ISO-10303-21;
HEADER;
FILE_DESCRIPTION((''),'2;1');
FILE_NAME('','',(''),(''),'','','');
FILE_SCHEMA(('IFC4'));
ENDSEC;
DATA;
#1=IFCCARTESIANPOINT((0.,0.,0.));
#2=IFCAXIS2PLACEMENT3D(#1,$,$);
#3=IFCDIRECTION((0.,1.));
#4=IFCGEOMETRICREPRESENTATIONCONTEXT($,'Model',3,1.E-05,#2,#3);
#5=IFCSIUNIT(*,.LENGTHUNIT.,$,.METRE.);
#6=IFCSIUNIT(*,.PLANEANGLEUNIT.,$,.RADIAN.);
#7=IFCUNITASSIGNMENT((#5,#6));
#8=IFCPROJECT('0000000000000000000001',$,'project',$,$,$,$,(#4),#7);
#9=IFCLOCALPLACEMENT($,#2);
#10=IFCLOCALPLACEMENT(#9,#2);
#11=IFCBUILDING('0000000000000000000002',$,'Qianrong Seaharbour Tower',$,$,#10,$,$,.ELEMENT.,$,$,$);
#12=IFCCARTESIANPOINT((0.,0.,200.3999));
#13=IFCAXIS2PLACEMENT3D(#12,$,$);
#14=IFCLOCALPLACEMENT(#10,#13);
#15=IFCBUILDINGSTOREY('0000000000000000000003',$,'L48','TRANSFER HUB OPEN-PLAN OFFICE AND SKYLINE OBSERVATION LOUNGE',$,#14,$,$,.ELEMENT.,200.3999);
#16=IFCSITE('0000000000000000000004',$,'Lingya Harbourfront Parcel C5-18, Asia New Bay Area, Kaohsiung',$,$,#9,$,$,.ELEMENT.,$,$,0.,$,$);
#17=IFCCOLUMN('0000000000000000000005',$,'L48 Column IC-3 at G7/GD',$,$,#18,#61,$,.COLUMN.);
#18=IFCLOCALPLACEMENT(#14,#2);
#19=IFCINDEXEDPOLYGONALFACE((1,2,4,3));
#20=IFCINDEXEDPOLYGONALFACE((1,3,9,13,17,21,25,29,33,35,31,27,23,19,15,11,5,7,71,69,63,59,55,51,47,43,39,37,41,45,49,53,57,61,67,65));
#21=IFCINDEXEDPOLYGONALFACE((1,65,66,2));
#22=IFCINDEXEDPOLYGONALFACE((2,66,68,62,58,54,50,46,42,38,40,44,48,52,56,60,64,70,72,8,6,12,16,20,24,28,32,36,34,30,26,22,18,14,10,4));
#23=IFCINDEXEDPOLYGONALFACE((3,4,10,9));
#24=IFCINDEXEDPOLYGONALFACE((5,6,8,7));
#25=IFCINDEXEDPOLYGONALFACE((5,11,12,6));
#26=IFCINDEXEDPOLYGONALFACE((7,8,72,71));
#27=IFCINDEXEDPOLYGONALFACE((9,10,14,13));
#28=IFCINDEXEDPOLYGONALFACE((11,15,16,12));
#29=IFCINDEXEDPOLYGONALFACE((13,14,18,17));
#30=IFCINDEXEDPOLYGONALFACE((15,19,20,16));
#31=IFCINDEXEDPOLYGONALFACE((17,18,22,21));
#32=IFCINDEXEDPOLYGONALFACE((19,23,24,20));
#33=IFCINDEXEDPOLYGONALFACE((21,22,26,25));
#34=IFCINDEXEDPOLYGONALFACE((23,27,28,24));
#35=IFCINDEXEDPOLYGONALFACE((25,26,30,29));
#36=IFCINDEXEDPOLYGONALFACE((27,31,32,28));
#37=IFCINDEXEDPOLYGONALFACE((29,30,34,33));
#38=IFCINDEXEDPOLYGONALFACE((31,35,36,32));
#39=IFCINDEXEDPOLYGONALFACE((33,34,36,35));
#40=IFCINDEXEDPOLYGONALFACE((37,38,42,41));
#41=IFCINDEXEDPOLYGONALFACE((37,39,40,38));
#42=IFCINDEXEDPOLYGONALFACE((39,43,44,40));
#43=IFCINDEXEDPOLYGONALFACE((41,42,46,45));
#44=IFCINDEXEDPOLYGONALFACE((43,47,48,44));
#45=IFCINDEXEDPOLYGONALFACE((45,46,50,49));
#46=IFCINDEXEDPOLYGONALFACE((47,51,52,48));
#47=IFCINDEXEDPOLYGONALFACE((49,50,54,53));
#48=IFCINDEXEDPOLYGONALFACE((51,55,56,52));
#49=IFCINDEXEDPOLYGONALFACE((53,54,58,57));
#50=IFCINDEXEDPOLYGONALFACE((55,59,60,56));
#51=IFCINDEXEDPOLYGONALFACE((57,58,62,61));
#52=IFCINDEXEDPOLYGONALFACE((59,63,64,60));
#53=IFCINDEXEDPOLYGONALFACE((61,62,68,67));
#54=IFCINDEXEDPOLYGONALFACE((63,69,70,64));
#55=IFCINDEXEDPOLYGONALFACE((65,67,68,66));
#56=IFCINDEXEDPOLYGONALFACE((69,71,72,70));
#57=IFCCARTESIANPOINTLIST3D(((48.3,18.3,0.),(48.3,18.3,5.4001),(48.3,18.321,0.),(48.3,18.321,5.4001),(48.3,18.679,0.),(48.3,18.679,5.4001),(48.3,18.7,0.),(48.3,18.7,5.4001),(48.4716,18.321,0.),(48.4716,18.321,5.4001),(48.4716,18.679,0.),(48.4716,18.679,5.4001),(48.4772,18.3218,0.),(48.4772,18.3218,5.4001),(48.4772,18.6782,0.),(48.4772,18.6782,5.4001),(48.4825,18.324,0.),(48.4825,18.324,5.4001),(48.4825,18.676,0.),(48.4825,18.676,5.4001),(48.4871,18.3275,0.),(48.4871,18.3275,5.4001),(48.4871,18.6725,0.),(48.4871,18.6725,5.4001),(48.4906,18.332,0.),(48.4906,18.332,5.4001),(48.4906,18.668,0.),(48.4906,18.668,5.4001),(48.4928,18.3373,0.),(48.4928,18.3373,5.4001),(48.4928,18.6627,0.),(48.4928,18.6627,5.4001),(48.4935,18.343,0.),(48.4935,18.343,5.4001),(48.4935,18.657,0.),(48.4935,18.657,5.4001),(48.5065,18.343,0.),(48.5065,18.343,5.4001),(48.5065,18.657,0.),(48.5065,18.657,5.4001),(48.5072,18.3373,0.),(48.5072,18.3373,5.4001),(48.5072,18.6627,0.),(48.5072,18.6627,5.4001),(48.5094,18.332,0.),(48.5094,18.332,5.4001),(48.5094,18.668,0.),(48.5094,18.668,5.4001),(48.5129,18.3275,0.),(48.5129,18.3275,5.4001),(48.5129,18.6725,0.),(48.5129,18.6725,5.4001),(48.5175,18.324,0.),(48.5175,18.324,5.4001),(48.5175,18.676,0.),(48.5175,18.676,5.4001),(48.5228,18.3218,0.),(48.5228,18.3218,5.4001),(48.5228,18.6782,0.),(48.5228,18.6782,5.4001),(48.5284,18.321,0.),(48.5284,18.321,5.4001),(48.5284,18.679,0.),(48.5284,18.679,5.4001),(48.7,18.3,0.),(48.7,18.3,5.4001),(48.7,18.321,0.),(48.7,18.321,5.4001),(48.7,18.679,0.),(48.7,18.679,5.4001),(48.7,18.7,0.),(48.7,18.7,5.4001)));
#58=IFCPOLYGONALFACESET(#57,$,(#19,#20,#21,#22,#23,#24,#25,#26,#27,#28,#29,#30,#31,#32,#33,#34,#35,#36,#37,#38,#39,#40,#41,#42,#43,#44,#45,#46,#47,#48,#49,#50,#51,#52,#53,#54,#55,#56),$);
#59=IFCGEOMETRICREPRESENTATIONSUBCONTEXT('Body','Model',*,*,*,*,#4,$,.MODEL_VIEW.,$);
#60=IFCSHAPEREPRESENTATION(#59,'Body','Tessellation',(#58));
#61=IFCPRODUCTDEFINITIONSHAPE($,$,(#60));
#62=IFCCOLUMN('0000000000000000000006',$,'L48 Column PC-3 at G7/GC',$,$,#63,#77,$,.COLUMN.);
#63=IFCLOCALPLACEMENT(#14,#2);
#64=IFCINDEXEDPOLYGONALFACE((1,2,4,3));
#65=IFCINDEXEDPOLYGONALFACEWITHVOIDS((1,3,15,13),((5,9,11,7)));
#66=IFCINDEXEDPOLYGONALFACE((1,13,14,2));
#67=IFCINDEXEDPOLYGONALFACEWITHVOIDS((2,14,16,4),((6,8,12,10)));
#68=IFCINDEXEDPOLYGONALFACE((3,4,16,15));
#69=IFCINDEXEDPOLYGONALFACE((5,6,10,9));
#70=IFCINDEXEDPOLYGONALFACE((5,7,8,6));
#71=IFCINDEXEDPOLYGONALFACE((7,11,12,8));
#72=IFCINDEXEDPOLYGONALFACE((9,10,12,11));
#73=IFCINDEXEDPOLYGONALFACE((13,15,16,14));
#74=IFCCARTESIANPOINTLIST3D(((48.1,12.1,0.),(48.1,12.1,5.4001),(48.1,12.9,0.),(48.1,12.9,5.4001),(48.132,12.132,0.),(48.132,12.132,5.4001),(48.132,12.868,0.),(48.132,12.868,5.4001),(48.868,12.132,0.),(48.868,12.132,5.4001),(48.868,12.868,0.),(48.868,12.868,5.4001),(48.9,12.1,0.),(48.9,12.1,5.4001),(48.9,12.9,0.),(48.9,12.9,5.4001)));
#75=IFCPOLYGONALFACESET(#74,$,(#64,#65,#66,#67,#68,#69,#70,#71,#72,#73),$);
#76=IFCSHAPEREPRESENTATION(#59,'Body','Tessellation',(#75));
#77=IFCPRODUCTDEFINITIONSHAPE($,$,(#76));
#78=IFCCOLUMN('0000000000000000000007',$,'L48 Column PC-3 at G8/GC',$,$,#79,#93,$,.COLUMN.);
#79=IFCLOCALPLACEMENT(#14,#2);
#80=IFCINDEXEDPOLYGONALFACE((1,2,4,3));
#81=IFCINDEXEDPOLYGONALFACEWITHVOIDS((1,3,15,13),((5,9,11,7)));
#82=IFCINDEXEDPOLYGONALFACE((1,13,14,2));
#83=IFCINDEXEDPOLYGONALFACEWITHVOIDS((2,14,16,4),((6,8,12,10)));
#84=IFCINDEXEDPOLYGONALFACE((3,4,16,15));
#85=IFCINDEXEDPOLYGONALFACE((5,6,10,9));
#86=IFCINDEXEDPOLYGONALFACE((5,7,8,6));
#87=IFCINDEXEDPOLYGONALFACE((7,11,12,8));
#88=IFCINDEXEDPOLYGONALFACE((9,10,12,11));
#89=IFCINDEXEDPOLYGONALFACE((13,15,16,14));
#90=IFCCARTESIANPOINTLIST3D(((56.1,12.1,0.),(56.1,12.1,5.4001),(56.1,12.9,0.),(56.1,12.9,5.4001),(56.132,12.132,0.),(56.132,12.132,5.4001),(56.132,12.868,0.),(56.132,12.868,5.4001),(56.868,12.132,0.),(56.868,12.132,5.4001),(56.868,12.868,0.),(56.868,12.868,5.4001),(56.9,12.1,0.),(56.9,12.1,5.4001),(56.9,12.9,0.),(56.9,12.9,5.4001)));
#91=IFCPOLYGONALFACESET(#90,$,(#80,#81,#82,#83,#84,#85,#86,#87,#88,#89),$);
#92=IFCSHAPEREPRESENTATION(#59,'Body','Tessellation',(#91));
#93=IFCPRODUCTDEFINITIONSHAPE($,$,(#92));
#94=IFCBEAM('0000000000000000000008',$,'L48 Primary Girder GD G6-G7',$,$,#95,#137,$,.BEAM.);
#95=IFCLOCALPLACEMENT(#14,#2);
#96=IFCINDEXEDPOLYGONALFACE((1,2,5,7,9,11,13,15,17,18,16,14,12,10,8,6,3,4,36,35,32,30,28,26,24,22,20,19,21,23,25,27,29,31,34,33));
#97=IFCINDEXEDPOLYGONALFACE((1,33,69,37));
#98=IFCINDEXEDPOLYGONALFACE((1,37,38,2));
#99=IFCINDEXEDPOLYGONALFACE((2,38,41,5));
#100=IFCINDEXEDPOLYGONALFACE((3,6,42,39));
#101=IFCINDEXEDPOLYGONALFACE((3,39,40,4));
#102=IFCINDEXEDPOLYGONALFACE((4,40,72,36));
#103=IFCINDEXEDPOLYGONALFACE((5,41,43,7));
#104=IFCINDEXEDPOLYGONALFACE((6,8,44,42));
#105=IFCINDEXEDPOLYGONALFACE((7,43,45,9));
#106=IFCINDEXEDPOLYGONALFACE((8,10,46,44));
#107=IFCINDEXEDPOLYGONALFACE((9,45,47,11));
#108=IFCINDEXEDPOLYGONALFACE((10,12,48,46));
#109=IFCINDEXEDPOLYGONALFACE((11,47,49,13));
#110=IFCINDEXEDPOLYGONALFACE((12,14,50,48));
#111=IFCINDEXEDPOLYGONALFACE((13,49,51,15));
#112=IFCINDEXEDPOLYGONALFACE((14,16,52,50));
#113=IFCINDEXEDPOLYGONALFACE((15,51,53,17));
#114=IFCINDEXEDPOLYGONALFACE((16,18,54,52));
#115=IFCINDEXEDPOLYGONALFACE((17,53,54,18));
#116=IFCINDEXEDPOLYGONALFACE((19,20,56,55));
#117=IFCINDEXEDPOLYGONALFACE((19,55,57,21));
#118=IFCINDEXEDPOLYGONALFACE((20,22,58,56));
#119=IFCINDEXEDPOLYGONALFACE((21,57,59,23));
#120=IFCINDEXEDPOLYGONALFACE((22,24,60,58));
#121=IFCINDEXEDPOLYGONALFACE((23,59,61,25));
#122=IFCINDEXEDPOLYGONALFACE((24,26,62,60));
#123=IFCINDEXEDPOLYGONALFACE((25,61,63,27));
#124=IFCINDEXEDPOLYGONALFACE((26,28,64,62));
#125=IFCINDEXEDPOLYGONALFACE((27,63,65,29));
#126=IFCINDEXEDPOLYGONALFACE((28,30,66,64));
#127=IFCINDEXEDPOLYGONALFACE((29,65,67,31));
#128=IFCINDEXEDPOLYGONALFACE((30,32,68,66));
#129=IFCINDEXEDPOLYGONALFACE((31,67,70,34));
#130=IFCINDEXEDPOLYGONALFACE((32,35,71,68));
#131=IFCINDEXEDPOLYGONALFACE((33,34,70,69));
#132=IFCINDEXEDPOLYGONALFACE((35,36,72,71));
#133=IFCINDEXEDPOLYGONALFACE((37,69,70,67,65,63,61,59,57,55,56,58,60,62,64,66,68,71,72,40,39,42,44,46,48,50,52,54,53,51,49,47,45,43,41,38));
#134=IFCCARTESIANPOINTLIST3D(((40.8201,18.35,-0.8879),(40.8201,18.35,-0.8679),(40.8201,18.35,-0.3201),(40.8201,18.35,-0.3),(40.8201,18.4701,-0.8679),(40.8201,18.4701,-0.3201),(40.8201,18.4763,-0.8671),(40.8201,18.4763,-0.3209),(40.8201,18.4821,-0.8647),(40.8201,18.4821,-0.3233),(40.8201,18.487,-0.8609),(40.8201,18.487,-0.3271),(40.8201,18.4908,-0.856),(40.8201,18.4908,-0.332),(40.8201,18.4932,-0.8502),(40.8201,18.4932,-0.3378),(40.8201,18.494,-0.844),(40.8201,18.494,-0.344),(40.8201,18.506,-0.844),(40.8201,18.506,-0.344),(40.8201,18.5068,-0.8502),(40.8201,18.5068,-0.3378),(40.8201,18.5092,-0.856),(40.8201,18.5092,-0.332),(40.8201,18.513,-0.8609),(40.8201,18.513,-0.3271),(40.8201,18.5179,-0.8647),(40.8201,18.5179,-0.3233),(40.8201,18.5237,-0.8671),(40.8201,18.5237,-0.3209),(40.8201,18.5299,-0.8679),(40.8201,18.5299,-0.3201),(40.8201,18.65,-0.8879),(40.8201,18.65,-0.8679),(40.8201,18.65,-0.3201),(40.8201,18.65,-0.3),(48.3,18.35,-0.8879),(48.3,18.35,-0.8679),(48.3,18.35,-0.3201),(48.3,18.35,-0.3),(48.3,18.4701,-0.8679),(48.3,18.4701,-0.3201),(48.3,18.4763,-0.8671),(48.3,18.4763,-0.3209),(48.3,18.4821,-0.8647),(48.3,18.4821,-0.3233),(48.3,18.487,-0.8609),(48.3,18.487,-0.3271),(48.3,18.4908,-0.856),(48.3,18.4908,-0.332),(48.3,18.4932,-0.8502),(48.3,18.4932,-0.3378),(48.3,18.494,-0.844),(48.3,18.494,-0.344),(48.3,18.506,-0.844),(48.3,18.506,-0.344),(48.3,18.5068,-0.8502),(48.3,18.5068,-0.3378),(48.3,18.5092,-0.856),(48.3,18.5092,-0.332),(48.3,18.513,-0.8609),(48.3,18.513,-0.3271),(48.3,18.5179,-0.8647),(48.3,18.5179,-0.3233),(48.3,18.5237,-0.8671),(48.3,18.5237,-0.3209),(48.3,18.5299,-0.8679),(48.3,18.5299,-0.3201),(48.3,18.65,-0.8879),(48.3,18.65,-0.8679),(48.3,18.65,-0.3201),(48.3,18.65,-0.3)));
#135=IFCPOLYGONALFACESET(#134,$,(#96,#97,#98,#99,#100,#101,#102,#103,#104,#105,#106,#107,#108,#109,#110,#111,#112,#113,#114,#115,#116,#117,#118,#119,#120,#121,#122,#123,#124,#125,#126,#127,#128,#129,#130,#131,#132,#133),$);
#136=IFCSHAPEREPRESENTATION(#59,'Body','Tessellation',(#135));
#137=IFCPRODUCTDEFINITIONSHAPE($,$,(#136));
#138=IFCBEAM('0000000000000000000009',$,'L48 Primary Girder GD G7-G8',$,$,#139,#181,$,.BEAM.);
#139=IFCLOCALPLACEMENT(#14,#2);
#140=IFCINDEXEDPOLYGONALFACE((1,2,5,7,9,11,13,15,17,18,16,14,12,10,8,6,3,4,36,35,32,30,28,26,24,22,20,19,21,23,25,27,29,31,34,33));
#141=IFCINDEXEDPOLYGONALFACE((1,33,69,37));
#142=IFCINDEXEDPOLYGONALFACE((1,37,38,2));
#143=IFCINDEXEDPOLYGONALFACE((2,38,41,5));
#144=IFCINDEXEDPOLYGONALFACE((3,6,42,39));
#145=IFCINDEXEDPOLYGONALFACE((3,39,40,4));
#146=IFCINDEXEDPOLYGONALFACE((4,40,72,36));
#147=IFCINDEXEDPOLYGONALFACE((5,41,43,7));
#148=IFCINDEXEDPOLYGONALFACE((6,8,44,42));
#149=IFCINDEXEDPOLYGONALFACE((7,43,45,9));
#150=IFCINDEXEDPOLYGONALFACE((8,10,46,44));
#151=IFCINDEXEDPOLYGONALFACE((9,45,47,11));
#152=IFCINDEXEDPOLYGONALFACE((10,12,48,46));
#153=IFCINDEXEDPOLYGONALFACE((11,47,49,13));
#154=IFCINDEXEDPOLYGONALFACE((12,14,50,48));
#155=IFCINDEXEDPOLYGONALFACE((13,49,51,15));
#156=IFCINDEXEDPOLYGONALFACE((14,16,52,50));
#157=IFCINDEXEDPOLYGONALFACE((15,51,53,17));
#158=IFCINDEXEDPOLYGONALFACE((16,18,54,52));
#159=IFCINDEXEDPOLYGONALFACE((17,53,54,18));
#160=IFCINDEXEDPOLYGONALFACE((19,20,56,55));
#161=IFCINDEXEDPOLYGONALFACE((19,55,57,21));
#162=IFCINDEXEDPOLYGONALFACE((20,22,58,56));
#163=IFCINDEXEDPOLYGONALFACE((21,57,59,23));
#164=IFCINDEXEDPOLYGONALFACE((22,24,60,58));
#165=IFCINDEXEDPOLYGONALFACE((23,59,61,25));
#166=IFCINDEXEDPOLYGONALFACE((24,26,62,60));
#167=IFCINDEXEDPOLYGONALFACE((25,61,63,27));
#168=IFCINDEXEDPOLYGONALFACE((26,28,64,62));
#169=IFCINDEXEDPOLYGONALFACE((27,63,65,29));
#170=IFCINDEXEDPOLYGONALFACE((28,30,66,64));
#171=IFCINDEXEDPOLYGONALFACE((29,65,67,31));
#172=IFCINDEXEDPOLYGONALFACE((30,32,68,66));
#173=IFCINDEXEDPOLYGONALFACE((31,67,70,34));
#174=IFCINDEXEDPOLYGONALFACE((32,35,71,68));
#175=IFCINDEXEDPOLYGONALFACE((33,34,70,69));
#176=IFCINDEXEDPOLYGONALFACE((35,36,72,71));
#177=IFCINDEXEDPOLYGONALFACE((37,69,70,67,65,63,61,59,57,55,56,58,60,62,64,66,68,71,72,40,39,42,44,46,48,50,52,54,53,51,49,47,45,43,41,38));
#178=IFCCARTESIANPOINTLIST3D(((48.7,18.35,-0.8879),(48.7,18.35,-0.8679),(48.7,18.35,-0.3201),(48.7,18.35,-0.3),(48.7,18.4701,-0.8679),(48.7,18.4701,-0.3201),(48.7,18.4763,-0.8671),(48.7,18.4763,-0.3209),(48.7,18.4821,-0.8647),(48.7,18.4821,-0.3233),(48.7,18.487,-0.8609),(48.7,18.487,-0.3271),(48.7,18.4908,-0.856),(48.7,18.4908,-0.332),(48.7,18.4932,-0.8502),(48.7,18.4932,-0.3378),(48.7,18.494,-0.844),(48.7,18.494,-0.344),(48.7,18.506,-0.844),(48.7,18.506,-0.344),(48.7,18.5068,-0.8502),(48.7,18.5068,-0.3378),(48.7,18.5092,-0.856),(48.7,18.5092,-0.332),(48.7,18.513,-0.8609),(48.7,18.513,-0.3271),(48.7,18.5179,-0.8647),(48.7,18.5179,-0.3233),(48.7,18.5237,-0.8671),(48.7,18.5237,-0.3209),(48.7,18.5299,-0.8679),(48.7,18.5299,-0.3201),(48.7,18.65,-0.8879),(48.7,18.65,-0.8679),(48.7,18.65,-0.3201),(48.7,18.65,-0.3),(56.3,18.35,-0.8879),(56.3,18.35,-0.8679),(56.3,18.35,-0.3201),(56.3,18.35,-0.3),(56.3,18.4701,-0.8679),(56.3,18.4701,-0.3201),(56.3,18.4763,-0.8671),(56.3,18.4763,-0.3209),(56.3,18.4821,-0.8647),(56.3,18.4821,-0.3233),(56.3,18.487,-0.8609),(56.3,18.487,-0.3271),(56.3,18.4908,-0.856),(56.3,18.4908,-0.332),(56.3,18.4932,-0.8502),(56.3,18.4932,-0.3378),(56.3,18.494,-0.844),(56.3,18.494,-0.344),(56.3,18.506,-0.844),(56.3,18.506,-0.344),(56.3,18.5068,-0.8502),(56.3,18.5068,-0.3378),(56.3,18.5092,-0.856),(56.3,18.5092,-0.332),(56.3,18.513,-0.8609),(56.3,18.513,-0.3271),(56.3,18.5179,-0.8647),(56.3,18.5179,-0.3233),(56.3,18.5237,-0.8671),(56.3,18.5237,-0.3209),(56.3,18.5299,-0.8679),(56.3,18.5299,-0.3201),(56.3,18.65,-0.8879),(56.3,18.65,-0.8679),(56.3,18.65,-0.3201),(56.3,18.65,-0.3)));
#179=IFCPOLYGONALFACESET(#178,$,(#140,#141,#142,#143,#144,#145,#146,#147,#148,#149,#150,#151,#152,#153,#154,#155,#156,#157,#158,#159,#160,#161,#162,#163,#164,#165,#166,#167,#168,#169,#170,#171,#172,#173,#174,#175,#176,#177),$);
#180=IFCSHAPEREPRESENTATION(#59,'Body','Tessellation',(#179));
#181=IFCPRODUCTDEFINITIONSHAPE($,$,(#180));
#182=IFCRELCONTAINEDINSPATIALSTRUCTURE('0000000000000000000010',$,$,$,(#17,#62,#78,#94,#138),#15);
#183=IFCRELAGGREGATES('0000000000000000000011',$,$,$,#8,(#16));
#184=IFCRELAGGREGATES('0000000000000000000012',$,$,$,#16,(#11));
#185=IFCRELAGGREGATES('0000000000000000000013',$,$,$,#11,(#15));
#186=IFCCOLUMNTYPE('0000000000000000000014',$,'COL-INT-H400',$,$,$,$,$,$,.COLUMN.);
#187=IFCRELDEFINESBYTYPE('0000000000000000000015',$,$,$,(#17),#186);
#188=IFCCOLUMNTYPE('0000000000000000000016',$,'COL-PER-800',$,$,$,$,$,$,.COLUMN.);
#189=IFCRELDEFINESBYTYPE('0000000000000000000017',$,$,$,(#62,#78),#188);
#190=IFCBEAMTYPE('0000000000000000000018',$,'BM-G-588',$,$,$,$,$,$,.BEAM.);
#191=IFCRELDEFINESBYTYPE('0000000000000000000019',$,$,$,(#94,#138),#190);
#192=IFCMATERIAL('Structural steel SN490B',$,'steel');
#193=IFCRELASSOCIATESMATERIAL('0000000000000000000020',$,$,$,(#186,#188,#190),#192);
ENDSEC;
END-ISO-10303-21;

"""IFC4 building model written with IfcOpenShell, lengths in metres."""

from ifc_helpers import new_model, si_unit, direction, frame, origin, origin_2d, place, context, subcontext, project, spatial, hollow_rectangle, i_section, extrude, material, material_profile, profile_set, type_object, element, save


model = new_model("IFC4")

# Units and contexts
model_context = context("Model", 3, precision=1e-05, world=origin(), true_north=direction((0.0, 1.0)))
body_context = subcontext(model_context, "Body", "Model", "MODEL_VIEW")
ifc_project = project(units=[si_unit("LENGTHUNIT", "METRE"), si_unit("PLANEANGLEUNIT", "RADIAN")], contexts=[model_context])

# Site, building, storey
site_placement = place(None, origin())
site = spatial("IfcSite", under=ifc_project, at=site_placement, Name="Lingya Harbourfront Parcel C5-18, Asia New Bay Area, Kaohsiung", CompositionType="ELEMENT", RefElevation=0.0)
building_placement = place(site_placement, origin())
building = spatial("IfcBuilding", under=site, at=building_placement, Name="Qianrong Seaharbour Tower", CompositionType="ELEMENT")
storey_placement = place(building_placement, frame((0.0, 0.0, 200.3999)))
storey = spatial("IfcBuildingStorey", under=building, at=storey_placement, Name="L48", Description="TRANSFER HUB OPEN-PLAN OFFICE AND SKYLINE OBSERVATION LOUNGE", CompositionType="ELEMENT", Elevation=200.3999)

# Columns
ifc_material_1 = material(Name="Structural steel SN490B", Category="steel")
ifc_material_profile_1 = material_profile(ifc_material_1, i_section(OverallWidth=0.3999, OverallDepth=0.3999, WebThickness=0.0129, FlangeThickness=0.021, FilletRadius=0.022, at=origin_2d()), Name="H400x400x13x21")
ifc_profile_set_1 = profile_set([ifc_material_profile_1], Name="Structural steel SN490B")
column_type_1 = type_object("IfcColumnType", Name="COL-INT-H400", PredefinedType="COLUMN", material=ifc_profile_set_1)
column_placement = place(storey_placement, frame((48.5, 18.5, 0.0), z_axis=(0.0, 0.0, 1.0), x_axis=(1.0, 0.0, 0.0)))
element("IfcColumn", 1, at=column_placement, inside=storey, type_object=column_type_1, Name="L48 Column IC-3 at G7/GD", PredefinedType="COLUMN", context=body_context, shape_type="SweptSolid", body=[
    extrude(i_section(OverallWidth=0.3999, OverallDepth=0.3999, WebThickness=0.0129, FlangeThickness=0.021, FilletRadius=0.022, at=origin_2d()), origin(), (0.0, 0.0, 1.0), 5.4001),
])
ifc_material_profile_2 = material_profile(ifc_material_1, hollow_rectangle(XDim=0.8, YDim=0.8, WallThickness=0.032, at=origin_2d()), Name="BOX800x800x32")
ifc_profile_set_2 = profile_set([ifc_material_profile_2], Name="Structural steel SN490B")
column_type_2 = type_object("IfcColumnType", Name="COL-PER-800", PredefinedType="COLUMN", material=ifc_profile_set_2)
for number, where, z_axis, x_axis, name in (
    (2, (48.5, 12.5, 0.0), (0.0, 0.0, 1.0), (1.0, 0.0, 0.0), "L48 Column PC-3 at G7/GC"),
    (3, (56.5, 12.5, 0.0), (0.0, 0.0, 1.0), (1.0, 0.0, 0.0), "L48 Column PC-3 at G8/GC"),
):
    element("IfcColumn", number, at=place(storey_placement, frame(where, z_axis=z_axis, x_axis=x_axis)), inside=storey, type_object=column_type_2, Name=name, PredefinedType="COLUMN", context=body_context, shape_type="SweptSolid", body=[
        extrude(hollow_rectangle(XDim=0.8, YDim=0.8, WallThickness=0.032, at=origin_2d()), origin(), (0.0, 0.0, 1.0), 5.4001),
    ])

# Beams
ifc_material_profile_3 = material_profile(ifc_material_1, i_section(OverallWidth=0.3, OverallDepth=0.5879, WebThickness=0.012, FlangeThickness=0.02, FilletRadius=0.0239, at=origin_2d()), Name="H588x300x12x20")
ifc_profile_set_3 = profile_set([ifc_material_profile_3], Name="Structural steel SN490B")
beam_type_1 = type_object("IfcBeamType", Name="BM-G-588", PredefinedType="BEAM", material=ifc_profile_set_3)
beam_1_placement = place(storey_placement, frame((40.8201, 18.5, -0.594), z_axis=(1.0, 0.0, 0.0), x_axis=(0.0, 1.0, 0.0)))
element("IfcBeam", 4, at=beam_1_placement, inside=storey, type_object=beam_type_1, Name="L48 Primary Girder GD G6-G7", PredefinedType="BEAM", context=body_context, shape_type="SweptSolid", body=[
    extrude(i_section(OverallWidth=0.3, OverallDepth=0.5879, WebThickness=0.012, FlangeThickness=0.02, FilletRadius=0.0239, at=origin_2d()), origin(), (0.0, 0.0, 1.0), 7.48),
])
beam_2_placement = place(storey_placement, frame((48.7, 18.5, -0.594), z_axis=(1.0, 0.0, 0.0), x_axis=(0.0, 1.0, 0.0)))
element("IfcBeam", 5, at=beam_2_placement, inside=storey, type_object=beam_type_1, Name="L48 Primary Girder GD G7-G8", PredefinedType="BEAM", context=body_context, shape_type="SweptSolid", body=[
    extrude(i_section(OverallWidth=0.3, OverallDepth=0.5879, WebThickness=0.012, FlangeThickness=0.02, FilletRadius=0.0239, at=origin_2d()), origin(), (0.0, 0.0, 1.0), 7.6001),
])

save(model, "model.ifc")
